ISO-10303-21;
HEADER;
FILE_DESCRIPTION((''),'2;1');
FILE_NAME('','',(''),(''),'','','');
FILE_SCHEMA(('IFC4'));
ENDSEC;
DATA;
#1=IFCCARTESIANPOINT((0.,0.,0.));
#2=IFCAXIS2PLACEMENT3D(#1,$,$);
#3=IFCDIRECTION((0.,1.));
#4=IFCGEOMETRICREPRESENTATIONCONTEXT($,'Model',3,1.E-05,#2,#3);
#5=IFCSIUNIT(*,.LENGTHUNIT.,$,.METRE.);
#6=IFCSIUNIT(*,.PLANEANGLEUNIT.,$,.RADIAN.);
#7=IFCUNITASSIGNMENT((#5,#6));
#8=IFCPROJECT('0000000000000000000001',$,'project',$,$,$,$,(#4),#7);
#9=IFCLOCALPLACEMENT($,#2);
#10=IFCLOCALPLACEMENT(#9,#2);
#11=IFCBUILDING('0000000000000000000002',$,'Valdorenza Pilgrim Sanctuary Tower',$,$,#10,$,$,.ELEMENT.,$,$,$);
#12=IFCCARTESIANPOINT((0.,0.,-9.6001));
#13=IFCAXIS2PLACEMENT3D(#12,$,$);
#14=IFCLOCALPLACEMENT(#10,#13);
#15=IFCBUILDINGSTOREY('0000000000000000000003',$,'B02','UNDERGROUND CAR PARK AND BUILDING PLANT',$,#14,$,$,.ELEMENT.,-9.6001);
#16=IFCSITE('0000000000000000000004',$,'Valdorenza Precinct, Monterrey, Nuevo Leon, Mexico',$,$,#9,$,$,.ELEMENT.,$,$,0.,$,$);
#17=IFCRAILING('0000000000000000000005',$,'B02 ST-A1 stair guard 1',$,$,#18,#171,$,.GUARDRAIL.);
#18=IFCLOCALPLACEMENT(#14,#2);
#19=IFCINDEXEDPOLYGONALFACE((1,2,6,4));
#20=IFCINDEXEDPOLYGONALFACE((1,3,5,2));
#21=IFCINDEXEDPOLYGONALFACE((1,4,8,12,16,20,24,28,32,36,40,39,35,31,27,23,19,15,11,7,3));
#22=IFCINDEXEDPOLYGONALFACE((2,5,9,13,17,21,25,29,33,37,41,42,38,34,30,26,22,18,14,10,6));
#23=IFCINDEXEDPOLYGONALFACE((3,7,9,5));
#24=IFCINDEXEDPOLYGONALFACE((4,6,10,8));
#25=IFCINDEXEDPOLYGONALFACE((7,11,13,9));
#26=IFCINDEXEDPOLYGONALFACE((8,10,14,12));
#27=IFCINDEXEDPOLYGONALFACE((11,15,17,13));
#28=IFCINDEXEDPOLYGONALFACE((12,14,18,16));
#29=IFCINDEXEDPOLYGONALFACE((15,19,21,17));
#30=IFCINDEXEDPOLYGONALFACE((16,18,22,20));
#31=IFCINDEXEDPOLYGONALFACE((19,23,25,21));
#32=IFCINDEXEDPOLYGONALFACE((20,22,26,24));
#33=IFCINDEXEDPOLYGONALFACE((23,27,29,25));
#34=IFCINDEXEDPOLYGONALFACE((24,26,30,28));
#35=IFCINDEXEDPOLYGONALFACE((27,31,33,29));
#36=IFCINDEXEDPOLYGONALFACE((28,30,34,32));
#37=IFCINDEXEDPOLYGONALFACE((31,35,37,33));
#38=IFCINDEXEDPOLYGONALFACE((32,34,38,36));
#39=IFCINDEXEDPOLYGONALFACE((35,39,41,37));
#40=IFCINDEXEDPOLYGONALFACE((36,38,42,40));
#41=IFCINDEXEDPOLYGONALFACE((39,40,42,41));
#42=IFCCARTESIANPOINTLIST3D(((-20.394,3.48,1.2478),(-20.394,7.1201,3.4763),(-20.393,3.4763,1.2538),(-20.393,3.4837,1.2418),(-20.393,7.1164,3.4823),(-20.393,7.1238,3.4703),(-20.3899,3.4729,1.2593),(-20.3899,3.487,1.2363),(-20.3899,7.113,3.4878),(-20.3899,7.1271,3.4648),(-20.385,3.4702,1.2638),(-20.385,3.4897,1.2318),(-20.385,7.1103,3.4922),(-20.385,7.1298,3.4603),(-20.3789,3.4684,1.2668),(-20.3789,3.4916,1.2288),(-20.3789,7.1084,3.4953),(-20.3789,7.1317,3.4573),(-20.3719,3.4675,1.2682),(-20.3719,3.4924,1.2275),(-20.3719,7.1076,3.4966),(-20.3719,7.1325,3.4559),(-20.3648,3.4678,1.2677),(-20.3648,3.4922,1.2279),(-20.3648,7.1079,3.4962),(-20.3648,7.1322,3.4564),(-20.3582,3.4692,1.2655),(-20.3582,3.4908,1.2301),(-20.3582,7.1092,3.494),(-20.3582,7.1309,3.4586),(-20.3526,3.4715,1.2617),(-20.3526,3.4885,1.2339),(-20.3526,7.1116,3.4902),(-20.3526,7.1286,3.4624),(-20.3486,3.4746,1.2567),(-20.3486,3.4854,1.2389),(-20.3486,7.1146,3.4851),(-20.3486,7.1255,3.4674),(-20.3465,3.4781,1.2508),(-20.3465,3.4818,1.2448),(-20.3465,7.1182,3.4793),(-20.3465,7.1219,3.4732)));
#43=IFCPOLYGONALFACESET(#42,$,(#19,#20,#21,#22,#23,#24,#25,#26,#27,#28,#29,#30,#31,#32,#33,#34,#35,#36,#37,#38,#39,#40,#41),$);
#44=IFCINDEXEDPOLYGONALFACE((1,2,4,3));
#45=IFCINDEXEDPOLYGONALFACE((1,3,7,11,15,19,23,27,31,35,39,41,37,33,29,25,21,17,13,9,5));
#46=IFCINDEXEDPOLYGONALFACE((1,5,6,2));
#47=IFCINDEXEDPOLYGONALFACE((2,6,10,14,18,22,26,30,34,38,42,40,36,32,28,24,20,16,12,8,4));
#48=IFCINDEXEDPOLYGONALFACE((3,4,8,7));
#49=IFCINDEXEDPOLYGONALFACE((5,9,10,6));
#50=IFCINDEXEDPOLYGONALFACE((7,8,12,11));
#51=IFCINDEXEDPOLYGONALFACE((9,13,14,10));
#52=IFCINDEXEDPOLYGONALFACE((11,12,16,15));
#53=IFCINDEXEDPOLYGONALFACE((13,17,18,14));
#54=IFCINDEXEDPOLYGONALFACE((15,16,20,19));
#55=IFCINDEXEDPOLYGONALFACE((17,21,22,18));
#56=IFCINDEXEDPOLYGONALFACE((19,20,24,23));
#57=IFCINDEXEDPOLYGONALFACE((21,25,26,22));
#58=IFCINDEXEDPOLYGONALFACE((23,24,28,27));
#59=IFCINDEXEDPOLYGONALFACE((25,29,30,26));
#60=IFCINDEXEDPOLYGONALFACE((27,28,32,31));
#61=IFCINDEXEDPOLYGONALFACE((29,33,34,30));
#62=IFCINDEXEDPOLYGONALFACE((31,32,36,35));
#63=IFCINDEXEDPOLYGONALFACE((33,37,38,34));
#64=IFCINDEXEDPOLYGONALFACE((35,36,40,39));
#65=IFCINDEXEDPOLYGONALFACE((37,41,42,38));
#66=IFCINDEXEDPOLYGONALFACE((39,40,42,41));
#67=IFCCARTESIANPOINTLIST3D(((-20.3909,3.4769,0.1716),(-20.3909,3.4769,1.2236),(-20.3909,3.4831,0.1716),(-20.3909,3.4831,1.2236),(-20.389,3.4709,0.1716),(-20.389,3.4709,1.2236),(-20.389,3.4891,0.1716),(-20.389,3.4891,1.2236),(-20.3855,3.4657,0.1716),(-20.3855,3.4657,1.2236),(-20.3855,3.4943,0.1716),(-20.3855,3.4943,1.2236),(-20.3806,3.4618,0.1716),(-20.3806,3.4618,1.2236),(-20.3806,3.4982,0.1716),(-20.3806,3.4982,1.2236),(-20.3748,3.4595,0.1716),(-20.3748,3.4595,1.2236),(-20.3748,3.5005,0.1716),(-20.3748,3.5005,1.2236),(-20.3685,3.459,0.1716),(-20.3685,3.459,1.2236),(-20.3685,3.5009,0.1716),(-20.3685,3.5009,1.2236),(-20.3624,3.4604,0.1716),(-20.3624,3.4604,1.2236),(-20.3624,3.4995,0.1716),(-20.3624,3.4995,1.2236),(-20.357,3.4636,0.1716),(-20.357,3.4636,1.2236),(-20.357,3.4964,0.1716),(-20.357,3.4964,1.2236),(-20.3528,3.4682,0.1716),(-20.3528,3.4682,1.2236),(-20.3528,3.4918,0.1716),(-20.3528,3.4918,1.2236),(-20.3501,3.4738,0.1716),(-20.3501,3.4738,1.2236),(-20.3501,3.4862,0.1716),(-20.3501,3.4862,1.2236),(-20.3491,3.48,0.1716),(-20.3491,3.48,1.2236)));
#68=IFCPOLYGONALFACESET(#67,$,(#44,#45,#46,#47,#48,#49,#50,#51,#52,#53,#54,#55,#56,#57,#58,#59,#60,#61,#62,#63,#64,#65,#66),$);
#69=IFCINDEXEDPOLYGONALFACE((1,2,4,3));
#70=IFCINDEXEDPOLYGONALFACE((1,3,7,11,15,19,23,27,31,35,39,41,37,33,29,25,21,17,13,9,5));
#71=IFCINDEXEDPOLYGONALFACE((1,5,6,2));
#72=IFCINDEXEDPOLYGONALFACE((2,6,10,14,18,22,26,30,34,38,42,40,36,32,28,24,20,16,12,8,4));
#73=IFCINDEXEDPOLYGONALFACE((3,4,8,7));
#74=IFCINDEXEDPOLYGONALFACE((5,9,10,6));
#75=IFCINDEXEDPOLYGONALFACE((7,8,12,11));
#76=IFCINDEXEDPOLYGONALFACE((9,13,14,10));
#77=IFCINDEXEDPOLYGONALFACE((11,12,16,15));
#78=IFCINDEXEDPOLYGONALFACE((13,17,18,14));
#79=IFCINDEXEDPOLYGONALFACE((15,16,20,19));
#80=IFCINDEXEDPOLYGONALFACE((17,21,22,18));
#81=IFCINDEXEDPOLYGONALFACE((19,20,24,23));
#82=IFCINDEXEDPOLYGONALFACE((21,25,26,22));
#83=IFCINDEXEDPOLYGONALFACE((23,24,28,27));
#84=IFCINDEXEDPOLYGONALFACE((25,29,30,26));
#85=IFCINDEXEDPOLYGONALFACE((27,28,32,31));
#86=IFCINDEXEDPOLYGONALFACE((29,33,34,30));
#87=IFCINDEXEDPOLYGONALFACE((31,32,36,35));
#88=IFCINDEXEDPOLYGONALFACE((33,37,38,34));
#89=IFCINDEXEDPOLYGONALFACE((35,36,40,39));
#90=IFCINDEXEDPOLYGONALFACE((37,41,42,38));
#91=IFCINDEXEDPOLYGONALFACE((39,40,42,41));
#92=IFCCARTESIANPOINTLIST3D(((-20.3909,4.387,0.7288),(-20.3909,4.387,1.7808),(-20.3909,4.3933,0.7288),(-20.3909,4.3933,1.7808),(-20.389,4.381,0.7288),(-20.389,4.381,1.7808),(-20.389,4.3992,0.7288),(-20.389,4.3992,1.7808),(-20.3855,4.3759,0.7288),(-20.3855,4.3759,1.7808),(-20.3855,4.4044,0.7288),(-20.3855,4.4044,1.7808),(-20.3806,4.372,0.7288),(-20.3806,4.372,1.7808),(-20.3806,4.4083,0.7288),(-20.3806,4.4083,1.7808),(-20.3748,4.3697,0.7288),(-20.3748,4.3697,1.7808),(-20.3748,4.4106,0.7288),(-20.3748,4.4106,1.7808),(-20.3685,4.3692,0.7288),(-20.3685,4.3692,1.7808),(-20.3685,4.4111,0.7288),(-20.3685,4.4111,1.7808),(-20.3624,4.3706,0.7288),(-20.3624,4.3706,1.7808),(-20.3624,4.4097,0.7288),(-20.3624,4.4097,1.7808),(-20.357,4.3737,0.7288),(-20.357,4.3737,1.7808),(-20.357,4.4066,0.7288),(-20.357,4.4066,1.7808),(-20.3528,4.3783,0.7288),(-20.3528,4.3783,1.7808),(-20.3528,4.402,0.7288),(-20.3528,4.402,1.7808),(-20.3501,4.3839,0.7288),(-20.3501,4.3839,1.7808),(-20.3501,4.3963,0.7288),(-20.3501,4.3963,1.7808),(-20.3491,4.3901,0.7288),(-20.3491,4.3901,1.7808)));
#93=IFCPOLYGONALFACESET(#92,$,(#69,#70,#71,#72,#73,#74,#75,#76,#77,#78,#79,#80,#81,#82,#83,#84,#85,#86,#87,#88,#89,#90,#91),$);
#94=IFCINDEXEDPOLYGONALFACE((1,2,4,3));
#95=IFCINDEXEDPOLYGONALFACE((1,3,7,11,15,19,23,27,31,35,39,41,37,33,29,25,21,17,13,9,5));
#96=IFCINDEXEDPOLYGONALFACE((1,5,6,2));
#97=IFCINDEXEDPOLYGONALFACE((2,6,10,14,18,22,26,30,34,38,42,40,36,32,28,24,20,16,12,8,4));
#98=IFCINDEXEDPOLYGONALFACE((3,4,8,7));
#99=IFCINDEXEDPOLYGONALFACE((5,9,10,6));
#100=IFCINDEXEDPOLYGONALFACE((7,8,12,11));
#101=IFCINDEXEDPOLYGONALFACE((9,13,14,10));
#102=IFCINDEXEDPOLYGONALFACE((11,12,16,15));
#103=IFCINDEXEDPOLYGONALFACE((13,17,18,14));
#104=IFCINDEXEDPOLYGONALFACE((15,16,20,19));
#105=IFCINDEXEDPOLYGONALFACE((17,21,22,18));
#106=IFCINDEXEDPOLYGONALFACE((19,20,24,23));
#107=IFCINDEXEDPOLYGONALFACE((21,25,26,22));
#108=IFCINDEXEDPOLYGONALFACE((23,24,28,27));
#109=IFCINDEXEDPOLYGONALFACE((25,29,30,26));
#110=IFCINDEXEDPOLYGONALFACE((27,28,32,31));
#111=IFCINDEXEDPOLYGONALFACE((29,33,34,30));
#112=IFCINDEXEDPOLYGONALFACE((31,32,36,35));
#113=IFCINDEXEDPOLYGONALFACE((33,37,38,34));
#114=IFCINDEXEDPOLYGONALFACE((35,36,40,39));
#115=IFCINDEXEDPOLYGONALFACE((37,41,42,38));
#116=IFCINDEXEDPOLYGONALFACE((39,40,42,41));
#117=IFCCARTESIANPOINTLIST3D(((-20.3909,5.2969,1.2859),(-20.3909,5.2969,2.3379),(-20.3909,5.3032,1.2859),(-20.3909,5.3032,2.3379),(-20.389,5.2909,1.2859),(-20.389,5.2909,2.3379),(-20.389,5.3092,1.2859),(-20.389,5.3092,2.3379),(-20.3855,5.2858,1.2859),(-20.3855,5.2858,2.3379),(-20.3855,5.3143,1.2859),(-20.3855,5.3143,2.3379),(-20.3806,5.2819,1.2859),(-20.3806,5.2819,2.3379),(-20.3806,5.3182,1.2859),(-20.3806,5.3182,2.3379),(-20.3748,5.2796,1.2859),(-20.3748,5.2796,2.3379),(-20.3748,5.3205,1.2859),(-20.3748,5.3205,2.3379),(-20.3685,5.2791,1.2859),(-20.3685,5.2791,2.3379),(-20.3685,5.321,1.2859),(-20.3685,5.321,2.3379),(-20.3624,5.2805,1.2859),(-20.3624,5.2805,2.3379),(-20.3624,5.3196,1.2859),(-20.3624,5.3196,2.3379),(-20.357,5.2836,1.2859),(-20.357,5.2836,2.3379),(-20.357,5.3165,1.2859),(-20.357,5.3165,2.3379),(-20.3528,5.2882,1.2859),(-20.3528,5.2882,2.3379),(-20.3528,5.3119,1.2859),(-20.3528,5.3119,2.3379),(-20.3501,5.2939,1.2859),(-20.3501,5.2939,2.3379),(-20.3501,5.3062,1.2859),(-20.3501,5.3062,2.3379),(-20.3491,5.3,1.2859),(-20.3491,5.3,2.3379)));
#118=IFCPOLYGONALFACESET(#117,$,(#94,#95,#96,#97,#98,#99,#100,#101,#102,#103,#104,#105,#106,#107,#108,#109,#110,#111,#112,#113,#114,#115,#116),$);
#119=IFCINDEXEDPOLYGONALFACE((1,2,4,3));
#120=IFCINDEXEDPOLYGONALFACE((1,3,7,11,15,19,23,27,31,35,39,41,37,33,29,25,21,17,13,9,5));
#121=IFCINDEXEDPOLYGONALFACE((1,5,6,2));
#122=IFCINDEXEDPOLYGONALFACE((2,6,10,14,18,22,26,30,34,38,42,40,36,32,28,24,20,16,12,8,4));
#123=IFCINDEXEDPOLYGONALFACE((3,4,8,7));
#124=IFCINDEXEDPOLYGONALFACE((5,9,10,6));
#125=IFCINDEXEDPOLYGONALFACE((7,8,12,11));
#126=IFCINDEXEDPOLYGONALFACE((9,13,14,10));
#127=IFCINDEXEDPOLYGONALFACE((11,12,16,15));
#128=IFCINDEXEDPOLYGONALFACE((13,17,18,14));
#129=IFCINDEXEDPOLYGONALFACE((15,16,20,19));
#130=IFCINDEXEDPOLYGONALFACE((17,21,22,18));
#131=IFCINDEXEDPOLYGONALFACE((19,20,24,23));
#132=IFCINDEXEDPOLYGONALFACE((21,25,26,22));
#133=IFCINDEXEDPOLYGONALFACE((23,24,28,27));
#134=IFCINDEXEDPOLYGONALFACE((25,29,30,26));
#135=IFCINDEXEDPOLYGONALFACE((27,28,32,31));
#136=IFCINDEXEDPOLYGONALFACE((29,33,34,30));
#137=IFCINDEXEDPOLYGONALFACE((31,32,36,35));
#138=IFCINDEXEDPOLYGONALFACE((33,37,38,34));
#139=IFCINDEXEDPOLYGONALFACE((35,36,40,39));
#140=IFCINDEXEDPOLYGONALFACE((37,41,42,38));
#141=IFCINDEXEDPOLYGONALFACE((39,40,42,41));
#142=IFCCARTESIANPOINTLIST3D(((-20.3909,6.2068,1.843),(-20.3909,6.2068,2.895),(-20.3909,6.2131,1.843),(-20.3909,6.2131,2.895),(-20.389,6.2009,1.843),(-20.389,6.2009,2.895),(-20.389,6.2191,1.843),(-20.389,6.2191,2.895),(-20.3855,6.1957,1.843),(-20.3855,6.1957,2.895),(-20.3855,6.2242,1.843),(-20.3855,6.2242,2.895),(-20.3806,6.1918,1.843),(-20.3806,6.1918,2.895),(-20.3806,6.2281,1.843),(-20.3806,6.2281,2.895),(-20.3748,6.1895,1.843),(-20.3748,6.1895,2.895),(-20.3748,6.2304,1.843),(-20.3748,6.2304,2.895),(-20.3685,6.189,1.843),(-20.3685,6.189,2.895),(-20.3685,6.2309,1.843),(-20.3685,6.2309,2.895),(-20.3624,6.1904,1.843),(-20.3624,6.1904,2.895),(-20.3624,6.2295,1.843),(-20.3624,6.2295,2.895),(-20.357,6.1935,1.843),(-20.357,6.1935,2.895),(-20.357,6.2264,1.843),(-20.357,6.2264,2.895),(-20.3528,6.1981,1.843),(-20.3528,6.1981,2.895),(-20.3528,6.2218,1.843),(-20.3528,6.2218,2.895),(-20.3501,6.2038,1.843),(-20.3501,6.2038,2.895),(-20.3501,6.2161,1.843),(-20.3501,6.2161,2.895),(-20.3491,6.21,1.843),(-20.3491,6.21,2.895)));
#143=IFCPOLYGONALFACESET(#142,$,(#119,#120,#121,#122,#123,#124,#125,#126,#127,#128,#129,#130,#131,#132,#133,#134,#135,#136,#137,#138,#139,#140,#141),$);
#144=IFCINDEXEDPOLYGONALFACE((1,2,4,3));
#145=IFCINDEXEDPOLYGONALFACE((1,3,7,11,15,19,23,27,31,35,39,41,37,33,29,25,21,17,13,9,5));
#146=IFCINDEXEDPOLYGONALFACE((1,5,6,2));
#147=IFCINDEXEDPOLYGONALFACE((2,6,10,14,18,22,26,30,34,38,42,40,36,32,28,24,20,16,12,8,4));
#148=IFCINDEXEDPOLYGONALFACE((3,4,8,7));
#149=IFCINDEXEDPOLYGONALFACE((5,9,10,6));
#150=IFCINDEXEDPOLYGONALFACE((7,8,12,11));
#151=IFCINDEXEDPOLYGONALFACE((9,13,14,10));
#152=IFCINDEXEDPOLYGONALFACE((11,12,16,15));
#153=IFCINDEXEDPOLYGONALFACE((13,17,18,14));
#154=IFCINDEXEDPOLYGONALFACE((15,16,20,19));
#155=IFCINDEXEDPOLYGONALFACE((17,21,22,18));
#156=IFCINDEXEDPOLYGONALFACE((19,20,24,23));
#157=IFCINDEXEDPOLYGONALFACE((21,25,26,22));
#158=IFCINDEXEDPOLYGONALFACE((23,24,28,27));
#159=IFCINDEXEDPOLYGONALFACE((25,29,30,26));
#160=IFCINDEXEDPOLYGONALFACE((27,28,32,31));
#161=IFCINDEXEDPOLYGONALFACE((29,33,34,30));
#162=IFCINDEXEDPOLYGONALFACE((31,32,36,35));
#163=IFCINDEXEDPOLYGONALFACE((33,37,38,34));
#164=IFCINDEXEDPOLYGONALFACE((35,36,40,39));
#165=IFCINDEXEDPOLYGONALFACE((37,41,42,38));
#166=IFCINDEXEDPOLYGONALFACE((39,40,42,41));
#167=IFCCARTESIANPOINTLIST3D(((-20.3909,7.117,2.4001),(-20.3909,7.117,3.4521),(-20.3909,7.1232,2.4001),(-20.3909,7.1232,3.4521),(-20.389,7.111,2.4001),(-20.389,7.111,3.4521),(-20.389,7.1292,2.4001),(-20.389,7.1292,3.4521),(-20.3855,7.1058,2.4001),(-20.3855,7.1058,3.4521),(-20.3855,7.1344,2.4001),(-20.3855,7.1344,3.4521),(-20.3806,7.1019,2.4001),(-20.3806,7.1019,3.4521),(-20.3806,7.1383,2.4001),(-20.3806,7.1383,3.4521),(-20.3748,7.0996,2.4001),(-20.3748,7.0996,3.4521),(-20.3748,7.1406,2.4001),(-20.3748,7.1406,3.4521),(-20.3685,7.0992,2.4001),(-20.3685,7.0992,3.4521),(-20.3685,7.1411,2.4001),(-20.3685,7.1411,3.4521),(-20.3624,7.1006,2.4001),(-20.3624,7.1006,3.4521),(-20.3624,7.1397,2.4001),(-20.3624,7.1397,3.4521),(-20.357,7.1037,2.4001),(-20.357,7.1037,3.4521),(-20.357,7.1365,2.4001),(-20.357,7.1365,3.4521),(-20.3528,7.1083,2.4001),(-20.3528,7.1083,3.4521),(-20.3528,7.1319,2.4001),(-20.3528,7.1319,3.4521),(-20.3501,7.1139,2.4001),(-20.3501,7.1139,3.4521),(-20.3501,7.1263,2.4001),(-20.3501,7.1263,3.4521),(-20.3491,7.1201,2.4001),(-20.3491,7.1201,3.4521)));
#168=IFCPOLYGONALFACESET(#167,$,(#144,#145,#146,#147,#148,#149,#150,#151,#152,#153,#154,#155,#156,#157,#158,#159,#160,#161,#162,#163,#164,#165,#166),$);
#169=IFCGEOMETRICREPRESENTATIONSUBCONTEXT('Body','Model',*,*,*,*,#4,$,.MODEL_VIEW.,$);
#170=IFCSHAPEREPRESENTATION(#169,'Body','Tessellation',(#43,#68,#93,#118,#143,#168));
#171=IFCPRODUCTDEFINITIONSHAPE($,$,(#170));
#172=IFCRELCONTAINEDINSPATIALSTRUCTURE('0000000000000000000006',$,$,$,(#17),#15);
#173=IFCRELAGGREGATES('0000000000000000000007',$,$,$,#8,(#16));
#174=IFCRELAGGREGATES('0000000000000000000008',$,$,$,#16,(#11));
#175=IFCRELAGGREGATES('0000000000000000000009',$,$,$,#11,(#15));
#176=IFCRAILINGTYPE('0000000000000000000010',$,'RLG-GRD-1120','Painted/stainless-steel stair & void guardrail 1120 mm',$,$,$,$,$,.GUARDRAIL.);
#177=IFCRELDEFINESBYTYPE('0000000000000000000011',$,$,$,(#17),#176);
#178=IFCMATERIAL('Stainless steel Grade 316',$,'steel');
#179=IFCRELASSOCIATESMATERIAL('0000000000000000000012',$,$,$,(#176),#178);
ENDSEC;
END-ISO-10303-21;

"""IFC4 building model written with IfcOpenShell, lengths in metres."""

from ifc_helpers import new_model, si_unit, direction, frame, origin, origin_2d, place, context, subcontext, project, spatial, circle, extrude, material, type_object, element, save


model = new_model("IFC4")

# Units and contexts
model_context = context("Model", 3, precision=1e-05, world=origin(), true_north=direction((0.0, 1.0)))
body_context = subcontext(model_context, "Body", "Model", "MODEL_VIEW")
ifc_project = project(units=[si_unit("LENGTHUNIT", "METRE"), si_unit("PLANEANGLEUNIT", "RADIAN")], contexts=[model_context])

# Site, building, storey
site_placement = place(None, origin())
site = spatial("IfcSite", under=ifc_project, at=site_placement, Name="Valdorenza Precinct, Monterrey, Nuevo Leon, Mexico", CompositionType="ELEMENT", RefElevation=0.0)
building_placement = place(site_placement, origin())
building = spatial("IfcBuilding", under=site, at=building_placement, Name="Valdorenza Pilgrim Sanctuary Tower", CompositionType="ELEMENT")
storey_placement = place(building_placement, frame((0.0, 0.0, -9.6001)))
storey = spatial("IfcBuildingStorey", under=building, at=storey_placement, Name="B02", Description="UNDERGROUND CAR PARK AND BUILDING PLANT", CompositionType="ELEMENT", Elevation=-9.6001)

# Railing
ifc_material_1 = material(Name="Stainless steel Grade 316", Category="steel")
railing_type_1 = type_object("IfcRailingType", Name="RLG-GRD-1120", Description="Painted/stainless-steel stair & void guardrail 1120 mm", PredefinedType="GUARDRAIL", material=ifc_material_1)
railing_1_placement = place(storey_placement, frame((-20.3701, 3.48, 0.1716)))
element("IfcRailing", 1, at=railing_1_placement, inside=storey, type_object=railing_type_1, Name="B02 ST-A1 stair guard 1", PredefinedType="GUARDRAIL", context=body_context, shape_type="SweptSolid", body=[
    extrude(circle(Radius=0.0239, at=origin_2d()), frame((0.0, 0.0, 1.0762), z_axis=(0.0, 0.852866, 0.52213), x_axis=(-1.0, 0.0, 0.0)), (0.0, 0.0, 1.0), 4.2681),
    extrude(circle(Radius=0.021, at=origin_2d()), origin(), (0.0, 0.0, 1.0), 1.052),
    extrude(circle(Radius=0.021, at=origin_2d()), frame((0.0, 0.9102, 0.5571)), (0.0, 0.0, 1.0), 1.052),
    extrude(circle(Radius=0.021, at=origin_2d()), frame((0.0, 1.8201, 1.1143)), (0.0, 0.0, 1.0), 1.052),
    extrude(circle(Radius=0.021, at=origin_2d()), frame((0.0, 2.73, 1.6714)), (0.0, 0.0, 1.0), 1.052),
    extrude(circle(Radius=0.021, at=origin_2d()), frame((0.0, 3.6401, 2.2285)), (0.0, 0.0, 1.0), 1.052),
])

save(model, "model.ifc")
